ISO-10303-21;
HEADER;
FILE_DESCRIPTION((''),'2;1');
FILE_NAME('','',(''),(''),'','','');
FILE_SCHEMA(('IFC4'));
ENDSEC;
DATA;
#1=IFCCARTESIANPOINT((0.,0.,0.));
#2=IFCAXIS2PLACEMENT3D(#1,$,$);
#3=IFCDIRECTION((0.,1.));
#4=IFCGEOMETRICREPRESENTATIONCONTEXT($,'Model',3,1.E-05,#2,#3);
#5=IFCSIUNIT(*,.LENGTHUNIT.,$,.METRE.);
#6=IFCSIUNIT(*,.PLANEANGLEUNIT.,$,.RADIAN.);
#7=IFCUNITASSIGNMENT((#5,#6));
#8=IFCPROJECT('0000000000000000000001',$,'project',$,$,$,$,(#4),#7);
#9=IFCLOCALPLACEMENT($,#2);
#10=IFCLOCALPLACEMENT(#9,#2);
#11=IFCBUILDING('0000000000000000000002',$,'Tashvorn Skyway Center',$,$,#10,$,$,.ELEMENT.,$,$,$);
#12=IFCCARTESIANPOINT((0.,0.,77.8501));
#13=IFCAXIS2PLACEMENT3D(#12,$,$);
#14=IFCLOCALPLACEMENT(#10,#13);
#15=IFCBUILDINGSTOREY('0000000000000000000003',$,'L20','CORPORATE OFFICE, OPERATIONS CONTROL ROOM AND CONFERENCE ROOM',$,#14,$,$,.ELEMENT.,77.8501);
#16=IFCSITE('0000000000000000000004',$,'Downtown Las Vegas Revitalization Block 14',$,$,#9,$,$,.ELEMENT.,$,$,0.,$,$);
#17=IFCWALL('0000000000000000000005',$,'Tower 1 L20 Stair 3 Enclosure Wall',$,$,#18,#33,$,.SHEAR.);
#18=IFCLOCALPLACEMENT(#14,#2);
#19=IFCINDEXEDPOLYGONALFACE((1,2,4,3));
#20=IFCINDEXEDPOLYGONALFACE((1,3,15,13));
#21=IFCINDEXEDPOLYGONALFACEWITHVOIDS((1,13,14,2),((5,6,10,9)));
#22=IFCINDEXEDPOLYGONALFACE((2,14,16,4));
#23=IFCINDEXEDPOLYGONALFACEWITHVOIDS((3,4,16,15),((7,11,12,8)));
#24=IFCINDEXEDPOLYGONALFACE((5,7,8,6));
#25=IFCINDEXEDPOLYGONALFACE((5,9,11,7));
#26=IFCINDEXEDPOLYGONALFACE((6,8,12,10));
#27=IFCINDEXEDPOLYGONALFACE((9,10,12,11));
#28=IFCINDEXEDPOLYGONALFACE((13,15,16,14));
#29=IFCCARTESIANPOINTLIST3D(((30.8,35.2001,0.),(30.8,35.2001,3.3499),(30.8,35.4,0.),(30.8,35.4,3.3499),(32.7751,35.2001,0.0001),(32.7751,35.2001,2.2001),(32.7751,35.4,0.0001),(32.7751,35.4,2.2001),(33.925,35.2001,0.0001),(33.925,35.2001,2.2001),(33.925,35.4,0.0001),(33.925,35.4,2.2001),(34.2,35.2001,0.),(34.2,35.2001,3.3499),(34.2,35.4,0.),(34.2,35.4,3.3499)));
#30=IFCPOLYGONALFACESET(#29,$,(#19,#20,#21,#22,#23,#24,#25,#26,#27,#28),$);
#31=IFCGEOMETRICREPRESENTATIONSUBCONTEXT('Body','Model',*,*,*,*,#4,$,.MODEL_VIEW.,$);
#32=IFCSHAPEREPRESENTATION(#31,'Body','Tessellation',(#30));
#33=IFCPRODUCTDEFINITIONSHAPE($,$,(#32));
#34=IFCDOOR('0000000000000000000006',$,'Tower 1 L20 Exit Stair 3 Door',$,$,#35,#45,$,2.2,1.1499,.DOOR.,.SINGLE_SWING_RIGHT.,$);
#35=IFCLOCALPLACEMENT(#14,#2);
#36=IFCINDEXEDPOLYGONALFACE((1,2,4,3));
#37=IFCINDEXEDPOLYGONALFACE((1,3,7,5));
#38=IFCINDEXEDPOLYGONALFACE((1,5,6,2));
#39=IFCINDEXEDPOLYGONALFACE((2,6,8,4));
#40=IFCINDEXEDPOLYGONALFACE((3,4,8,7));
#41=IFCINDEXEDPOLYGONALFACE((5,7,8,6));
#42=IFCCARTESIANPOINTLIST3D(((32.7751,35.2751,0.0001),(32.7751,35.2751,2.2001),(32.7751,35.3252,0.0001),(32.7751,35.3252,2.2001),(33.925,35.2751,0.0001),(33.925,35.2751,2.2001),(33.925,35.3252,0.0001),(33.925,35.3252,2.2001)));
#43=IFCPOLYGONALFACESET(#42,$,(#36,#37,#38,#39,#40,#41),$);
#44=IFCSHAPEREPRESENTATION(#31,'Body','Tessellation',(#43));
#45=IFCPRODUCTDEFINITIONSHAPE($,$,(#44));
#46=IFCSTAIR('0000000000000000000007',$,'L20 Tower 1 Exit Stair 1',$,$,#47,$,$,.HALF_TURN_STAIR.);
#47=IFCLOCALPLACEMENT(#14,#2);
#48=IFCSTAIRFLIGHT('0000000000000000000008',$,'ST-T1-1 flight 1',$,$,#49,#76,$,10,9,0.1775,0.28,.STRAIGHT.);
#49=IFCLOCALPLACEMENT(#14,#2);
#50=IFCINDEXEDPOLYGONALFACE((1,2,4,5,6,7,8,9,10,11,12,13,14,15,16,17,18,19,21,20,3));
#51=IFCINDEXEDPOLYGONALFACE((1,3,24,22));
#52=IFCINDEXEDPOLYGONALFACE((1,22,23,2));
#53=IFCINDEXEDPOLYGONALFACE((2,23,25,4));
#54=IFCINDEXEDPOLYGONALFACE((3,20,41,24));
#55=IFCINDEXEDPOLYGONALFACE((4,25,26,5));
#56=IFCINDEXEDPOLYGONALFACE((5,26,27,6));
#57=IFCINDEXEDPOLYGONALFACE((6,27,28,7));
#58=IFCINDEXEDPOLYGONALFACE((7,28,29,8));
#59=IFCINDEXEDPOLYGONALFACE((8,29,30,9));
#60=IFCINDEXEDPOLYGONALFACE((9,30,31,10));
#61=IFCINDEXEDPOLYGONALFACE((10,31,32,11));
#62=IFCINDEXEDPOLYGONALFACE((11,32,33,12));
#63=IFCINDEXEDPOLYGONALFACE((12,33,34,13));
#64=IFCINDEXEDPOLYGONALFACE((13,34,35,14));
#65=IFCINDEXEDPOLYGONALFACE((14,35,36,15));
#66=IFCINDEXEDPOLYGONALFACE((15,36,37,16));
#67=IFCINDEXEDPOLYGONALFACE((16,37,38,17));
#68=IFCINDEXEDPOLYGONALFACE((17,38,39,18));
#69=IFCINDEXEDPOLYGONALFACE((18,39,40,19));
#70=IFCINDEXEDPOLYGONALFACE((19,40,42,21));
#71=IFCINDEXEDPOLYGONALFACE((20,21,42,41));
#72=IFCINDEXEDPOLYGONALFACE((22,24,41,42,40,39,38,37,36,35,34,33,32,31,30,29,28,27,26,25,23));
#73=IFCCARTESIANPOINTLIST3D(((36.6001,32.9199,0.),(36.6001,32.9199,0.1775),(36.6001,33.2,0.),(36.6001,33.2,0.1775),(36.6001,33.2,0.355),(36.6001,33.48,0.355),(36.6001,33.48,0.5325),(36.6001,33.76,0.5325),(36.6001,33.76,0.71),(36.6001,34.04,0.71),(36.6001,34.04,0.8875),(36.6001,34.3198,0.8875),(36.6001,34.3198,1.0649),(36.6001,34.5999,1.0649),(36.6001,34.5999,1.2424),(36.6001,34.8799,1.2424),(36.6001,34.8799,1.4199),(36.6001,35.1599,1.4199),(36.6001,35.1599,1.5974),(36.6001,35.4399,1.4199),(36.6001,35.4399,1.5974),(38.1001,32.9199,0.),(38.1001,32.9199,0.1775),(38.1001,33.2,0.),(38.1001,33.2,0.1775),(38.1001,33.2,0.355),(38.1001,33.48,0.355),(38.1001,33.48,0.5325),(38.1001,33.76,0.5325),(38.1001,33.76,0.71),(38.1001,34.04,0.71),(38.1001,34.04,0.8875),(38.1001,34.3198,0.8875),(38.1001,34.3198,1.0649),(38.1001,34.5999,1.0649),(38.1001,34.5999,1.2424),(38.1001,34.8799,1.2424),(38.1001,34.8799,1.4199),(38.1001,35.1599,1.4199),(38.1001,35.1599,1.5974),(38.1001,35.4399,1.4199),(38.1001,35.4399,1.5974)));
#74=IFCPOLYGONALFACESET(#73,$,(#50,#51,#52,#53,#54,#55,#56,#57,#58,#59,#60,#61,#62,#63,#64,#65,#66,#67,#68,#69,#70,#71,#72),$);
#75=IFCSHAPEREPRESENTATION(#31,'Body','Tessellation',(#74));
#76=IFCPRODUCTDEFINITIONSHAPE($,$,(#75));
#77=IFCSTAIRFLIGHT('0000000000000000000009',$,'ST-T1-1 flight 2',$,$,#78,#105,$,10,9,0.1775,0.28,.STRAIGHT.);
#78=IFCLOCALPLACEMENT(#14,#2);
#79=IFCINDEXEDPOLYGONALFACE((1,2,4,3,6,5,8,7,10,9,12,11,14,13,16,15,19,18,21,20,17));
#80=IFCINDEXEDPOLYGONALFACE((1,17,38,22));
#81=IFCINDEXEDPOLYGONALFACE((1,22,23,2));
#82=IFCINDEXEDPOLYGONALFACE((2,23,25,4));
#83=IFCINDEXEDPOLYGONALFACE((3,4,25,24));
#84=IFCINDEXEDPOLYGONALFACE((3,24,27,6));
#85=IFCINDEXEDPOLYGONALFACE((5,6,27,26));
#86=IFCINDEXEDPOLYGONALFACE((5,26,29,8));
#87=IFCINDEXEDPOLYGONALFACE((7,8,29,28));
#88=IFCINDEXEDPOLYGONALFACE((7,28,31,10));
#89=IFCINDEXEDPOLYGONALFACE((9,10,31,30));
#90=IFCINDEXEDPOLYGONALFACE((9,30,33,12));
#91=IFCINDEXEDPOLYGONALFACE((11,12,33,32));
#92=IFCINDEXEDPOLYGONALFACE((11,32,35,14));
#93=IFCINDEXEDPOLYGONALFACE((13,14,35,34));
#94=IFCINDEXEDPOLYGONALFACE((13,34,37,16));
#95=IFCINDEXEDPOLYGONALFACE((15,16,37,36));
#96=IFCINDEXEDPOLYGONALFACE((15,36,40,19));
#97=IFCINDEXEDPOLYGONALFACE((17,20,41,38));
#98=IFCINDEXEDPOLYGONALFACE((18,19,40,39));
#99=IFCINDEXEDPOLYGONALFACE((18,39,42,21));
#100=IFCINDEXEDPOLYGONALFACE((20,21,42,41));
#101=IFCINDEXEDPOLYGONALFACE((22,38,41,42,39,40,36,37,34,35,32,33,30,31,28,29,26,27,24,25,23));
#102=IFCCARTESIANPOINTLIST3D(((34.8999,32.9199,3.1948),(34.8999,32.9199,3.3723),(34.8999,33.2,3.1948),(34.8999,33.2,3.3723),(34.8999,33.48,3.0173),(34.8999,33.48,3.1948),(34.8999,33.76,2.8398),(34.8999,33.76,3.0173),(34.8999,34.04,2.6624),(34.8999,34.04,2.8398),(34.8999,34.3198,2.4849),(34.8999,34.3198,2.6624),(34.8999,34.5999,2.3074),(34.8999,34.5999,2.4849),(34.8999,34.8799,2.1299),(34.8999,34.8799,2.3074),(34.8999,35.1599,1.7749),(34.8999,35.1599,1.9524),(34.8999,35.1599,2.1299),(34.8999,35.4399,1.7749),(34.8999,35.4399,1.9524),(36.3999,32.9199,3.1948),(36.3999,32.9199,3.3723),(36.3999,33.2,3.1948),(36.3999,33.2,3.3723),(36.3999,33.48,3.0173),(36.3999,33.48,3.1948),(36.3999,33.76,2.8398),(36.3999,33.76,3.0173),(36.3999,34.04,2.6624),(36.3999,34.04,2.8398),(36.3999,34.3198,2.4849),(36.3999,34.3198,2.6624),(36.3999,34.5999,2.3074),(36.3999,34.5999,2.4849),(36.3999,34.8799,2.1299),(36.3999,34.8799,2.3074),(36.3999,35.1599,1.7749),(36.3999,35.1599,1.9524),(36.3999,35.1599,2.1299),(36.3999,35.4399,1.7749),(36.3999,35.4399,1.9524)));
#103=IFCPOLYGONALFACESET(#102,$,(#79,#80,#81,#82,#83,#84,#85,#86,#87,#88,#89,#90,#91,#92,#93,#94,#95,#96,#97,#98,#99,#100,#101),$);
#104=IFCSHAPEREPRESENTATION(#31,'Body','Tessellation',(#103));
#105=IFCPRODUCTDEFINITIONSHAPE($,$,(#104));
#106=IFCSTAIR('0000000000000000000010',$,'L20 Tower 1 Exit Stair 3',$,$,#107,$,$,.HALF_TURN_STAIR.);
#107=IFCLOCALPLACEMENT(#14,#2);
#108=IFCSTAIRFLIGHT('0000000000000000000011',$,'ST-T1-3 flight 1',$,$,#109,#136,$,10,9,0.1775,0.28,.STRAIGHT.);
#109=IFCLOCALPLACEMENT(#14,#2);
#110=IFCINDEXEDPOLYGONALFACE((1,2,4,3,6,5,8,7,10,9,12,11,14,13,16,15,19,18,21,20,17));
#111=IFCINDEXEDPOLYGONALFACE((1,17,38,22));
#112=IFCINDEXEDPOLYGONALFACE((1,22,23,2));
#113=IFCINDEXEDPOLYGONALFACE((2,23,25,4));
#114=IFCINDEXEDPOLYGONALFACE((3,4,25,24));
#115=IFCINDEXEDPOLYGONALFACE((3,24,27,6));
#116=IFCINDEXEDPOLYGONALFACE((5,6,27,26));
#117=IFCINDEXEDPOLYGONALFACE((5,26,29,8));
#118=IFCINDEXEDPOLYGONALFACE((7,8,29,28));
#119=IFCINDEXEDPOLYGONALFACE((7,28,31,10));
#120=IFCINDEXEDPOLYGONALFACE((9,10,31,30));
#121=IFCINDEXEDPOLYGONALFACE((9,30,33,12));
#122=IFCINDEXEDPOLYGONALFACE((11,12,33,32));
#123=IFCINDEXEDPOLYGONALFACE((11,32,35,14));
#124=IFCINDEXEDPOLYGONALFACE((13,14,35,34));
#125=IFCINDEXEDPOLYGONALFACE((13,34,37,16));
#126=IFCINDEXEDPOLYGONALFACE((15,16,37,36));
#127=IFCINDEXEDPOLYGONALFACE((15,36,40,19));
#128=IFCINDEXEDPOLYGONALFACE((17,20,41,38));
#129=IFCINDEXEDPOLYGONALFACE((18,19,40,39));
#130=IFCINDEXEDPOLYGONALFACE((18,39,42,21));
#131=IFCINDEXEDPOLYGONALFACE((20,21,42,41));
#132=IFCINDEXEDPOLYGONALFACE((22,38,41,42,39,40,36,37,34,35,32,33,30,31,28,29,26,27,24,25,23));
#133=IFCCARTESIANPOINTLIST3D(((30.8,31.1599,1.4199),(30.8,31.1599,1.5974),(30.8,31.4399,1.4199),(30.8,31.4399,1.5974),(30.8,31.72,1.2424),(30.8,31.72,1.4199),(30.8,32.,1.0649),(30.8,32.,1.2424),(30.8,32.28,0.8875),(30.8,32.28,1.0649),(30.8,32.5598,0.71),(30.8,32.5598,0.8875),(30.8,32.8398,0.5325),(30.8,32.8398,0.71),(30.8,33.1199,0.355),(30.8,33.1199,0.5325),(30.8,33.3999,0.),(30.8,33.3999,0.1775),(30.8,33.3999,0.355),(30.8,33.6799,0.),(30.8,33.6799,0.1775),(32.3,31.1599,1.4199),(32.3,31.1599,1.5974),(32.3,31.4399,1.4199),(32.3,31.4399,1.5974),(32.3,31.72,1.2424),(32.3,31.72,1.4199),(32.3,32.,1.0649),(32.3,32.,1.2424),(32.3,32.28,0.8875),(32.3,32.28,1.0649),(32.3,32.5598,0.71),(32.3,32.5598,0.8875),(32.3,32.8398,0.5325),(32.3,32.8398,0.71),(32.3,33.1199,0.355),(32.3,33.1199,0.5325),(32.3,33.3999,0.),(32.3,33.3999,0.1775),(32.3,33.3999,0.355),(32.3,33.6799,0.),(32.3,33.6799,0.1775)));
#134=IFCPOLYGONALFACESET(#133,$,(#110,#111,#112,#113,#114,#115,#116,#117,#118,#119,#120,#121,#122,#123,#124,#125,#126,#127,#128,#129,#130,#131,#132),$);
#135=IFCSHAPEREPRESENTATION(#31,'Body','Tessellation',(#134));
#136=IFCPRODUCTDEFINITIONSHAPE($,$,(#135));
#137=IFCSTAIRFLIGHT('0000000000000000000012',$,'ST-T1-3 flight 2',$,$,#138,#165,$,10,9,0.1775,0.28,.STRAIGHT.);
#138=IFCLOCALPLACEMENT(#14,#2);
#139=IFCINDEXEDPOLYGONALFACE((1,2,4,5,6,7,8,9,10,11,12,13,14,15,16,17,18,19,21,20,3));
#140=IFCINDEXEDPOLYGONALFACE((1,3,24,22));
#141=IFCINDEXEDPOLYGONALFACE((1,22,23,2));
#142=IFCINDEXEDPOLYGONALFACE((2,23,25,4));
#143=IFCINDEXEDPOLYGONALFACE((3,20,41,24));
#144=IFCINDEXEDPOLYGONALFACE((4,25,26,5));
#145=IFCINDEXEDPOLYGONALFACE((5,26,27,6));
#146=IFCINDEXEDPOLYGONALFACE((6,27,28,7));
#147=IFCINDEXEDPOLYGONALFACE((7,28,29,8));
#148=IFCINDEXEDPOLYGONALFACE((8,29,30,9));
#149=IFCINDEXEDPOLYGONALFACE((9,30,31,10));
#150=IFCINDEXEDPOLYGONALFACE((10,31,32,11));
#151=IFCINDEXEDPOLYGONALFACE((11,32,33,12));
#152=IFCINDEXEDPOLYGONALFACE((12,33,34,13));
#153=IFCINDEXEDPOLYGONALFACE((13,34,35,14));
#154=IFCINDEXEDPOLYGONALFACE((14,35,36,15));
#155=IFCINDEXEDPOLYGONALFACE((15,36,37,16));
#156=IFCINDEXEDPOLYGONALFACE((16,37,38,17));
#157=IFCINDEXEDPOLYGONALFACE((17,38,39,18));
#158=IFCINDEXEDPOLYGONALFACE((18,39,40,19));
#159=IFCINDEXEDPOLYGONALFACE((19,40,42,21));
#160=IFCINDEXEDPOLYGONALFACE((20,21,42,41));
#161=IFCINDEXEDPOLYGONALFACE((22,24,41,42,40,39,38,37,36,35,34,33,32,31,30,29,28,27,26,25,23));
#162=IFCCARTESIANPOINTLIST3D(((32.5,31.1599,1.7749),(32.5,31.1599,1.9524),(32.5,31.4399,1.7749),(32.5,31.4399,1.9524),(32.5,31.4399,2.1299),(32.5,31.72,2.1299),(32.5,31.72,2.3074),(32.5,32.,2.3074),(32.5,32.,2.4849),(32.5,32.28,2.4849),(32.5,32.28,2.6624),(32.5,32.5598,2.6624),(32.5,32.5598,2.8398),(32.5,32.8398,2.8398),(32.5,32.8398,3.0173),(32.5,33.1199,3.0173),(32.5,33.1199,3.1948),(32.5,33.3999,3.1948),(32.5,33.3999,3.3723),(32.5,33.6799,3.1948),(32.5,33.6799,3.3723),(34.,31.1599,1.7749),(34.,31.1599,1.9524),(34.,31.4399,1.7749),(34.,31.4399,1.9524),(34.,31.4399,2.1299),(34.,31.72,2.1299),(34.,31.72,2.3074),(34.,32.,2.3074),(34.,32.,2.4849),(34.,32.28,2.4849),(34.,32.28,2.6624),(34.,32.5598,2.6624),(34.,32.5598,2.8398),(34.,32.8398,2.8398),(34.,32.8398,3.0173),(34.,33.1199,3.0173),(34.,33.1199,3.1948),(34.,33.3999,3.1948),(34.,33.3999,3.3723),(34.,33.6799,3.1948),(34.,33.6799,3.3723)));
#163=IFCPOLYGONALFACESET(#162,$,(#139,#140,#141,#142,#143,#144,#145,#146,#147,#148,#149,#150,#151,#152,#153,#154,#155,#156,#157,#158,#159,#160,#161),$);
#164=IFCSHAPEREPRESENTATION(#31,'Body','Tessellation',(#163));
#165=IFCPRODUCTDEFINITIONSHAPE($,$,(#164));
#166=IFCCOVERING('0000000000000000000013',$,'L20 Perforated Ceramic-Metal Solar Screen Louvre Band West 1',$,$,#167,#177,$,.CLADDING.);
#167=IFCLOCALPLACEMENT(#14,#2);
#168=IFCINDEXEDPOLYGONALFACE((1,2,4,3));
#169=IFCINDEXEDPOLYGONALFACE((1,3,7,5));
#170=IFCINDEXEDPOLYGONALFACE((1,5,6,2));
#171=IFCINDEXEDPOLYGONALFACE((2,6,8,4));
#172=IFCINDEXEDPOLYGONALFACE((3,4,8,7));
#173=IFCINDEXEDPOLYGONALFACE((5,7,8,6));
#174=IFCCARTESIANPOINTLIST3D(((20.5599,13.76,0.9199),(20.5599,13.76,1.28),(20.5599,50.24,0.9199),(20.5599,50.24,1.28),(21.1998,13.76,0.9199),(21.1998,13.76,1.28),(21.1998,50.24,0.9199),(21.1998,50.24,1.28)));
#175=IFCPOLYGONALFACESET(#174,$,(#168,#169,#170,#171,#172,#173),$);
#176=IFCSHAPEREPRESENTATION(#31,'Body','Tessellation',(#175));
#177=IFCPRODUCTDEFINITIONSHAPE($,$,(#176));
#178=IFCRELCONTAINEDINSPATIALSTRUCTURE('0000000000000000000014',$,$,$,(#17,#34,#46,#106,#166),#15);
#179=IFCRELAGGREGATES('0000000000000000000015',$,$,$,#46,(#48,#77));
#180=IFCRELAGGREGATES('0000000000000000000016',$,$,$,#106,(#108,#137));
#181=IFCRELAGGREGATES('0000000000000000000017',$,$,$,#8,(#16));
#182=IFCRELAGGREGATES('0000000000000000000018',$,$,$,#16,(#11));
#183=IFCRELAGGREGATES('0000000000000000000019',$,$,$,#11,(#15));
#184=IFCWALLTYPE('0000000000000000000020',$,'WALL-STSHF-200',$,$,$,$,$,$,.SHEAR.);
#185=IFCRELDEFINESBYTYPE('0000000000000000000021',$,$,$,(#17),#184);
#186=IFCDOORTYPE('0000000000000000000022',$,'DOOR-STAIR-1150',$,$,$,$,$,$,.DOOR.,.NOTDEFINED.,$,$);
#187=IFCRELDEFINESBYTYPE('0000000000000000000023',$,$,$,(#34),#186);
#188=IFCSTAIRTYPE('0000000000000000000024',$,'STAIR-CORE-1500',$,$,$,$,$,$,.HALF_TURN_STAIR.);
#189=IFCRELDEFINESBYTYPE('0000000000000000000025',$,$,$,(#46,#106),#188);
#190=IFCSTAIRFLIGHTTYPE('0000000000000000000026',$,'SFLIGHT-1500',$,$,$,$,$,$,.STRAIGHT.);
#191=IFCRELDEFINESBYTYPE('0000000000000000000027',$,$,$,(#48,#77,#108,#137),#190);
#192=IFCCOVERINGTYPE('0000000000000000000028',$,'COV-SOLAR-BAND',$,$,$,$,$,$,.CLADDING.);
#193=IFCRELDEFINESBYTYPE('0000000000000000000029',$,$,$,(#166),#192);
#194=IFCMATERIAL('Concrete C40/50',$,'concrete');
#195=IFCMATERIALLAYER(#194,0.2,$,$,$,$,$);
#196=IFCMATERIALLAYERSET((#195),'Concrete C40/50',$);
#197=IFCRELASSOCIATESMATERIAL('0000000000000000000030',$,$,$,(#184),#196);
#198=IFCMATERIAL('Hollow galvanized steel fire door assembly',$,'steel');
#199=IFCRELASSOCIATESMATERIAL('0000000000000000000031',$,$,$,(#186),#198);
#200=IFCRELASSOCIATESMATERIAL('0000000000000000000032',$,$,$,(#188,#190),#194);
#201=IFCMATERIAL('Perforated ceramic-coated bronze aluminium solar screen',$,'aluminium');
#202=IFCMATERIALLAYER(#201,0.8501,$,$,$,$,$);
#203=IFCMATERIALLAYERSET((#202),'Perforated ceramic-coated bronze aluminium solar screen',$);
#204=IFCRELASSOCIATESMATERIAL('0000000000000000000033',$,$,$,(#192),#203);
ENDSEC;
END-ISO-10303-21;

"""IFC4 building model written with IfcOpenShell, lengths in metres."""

from ifc_helpers import new_model, si_unit, direction, frame, frame_2d, origin, origin_2d, place, context, subcontext, project, spatial, polyline, rectangle, outline, extrude, material, layer, layer_set, type_object, element, fill, aggregate, save


model = new_model("IFC4")

# Units and contexts
model_context = context("Model", 3, precision=1e-05, world=origin(), true_north=direction((0.0, 1.0)))
body_context = subcontext(model_context, "Body", "Model", "MODEL_VIEW")
ifc_project = project(units=[si_unit("LENGTHUNIT", "METRE"), si_unit("PLANEANGLEUNIT", "RADIAN")], contexts=[model_context])

# Site, building, storey
site_placement = place(None, origin())
site = spatial("IfcSite", under=ifc_project, at=site_placement, Name="Downtown Las Vegas Revitalization Block 14", CompositionType="ELEMENT", RefElevation=0.0)
building_placement = place(site_placement, origin())
building = spatial("IfcBuilding", under=site, at=building_placement, Name="Tashvorn Skyway Center", CompositionType="ELEMENT")
storey_placement = place(building_placement, frame((0.0, 0.0, 77.8501)))
storey = spatial("IfcBuildingStorey", under=building, at=storey_placement, Name="L20", Description="CORPORATE OFFICE, OPERATIONS CONTROL ROOM AND CONFERENCE ROOM", CompositionType="ELEMENT", Elevation=77.8501)

# Shared definitions
ifc_material_1 = material(Name="Concrete C40/50", Category="concrete")
ifc_layer_1 = layer(ifc_material_1, 0.2)
ifc_layer_set_1 = layer_set([ifc_layer_1], Name="Concrete C40/50")
wall_type_1 = type_object("IfcWallType", Name="WALL-STSHF-200", PredefinedType="SHEAR", material=ifc_layer_set_1)

# Wall, opening, door
wall_1_placement = place(storey_placement, frame((34.2, 35.3, 0.0), z_axis=(0.0, 0.0, 1.0), x_axis=(-1.0, 0.0, 0.0)))
wall_1 = element("IfcWall", 1, at=wall_1_placement, inside=storey, type_object=wall_type_1, Name="Tower 1 L20 Stair 3 Enclosure Wall", PredefinedType="SHEAR", context=body_context, shape_type="SweptSolid", body=[
    extrude(rectangle(XDim=3.3999, YDim=0.2, at=frame_2d((1.7, 0.0))), origin(), (0.0, 0.0, 1.0), 3.3499),
])
opening_placement = place(wall_1_placement, frame((0.2749, 0.0, 0.0)))
opening = element("IfcOpeningElement", 2, at=opening_placement, cuts=wall_1, PredefinedType="OPENING", context=body_context, shape_type="SweptSolid", body=[
    extrude(rectangle(XDim=1.1499, YDim=2.2, at=frame_2d((0.575, 1.1001))), frame((0.0, 0.1099, 0.0), z_axis=(0.0, -1.0, 0.0), x_axis=(1.0, 0.0, 0.0)), (0.0, 0.0, 1.0), 0.22),
])
ifc_material_2 = material(Name="Hollow galvanized steel fire door assembly", Category="steel")
door_type = type_object("IfcDoorType", Name="DOOR-STAIR-1150", OperationType="NOTDEFINED", PredefinedType="DOOR", material=ifc_material_2)
door_placement = place(opening_placement, origin())
door = element("IfcDoor", 3, at=door_placement, inside=storey, type_object=door_type, Name="Tower 1 L20 Exit Stair 3 Door", OperationType="SINGLE_SWING_RIGHT", OverallHeight=2.2, OverallWidth=1.1499, PredefinedType="DOOR", context=body_context, shape_type="SweptSolid", body=[
    extrude(rectangle(XDim=1.1499, YDim=2.2, at=frame_2d((0.575, 1.1001))), frame((0.0, 0.0249, 0.0), z_axis=(0.0, -1.0, 0.0), x_axis=(1.0, 0.0, 0.0)), (0.0, 0.0, 1.0), 0.05),
])
fill(opening, door)

# Stairs, stair flights
stair_type = type_object("IfcStairType", Name="STAIR-CORE-1500", PredefinedType="HALF_TURN_STAIR", material=ifc_material_1)
stair_1_placement = place(storey_placement, origin())
stair_1 = element("IfcStair", 4, at=stair_1_placement, inside=storey, type_object=stair_type, Name="L20 Tower 1 Exit Stair 1", PredefinedType="HALF_TURN_STAIR")
stair_flight_type = type_object("IfcStairFlightType", Name="SFLIGHT-1500", PredefinedType="STRAIGHT", material=ifc_material_1)
stair_flight_1_placement = place(storey_placement, frame((37.3501, 32.9199, 0.0), z_axis=(0.0, 0.0, 1.0), x_axis=(0.0, 1.0, 0.0)))
stair_flight_1 = element("IfcStairFlight", 5, at=stair_flight_1_placement, type_object=stair_flight_type, Name="ST-T1-1 flight 1", NumberOfRisers=10, NumberOfTreads=9, PredefinedType="STRAIGHT", RiserHeight=0.1775, TreadLength=0.28, context=body_context, shape_type="SweptSolid", body=[
    extrude(outline(polyline([(0.0, 0.0), (0.0, 0.1775), (0.28, 0.1775), (0.28, 0.355), (0.5601, 0.355), (0.5601, 0.5325), (0.8401, 0.5325), (0.8401, 0.71), (1.1201, 0.71), (1.1201, 0.8875), (1.3999, 0.8875), (1.3999, 1.0649), (1.6799, 1.0649), (1.6799, 1.2424), (1.96, 1.2424), (1.96, 1.4199), (2.24, 1.4199), (2.24, 1.5974), (2.52, 1.5974), (2.52, 1.7749), (2.52, 1.4199), (0.28, 0.0), (0.0, 0.0)])), frame((0.0, 0.75, 0.0), z_axis=(0.0, -1.0, 0.0), x_axis=(1.0, 0.0, 0.0)), (0.0, 0.0, 1.0), 1.5),
])
stair_flight_2_placement = place(storey_placement, frame((35.6499, 35.4399, 1.7749), z_axis=(0.0, 0.0, 1.0), x_axis=(0.0, -1.0, 0.0)))
stair_flight_2 = element("IfcStairFlight", 6, at=stair_flight_2_placement, type_object=stair_flight_type, Name="ST-T1-1 flight 2", NumberOfRisers=10, NumberOfTreads=9, PredefinedType="STRAIGHT", RiserHeight=0.1775, TreadLength=0.28, context=body_context, shape_type="SweptSolid", body=[
    extrude(outline(polyline([(0.0, 0.0), (0.0, 0.1775), (0.28, 0.1775), (0.28, 0.355), (0.5601, 0.355), (0.5601, 0.5325), (0.8401, 0.5325), (0.8401, 0.71), (1.1201, 0.71), (1.1201, 0.8875), (1.3999, 0.8875), (1.3999, 1.0649), (1.6799, 1.0649), (1.6799, 1.2424), (1.96, 1.2424), (1.96, 1.4199), (2.24, 1.4199), (2.24, 1.5974), (2.52, 1.5974), (2.52, 1.7749), (2.52, 1.4199), (0.28, 0.0), (0.0, 0.0)])), frame((0.0, 0.75, 0.0), z_axis=(0.0, -1.0, 0.0), x_axis=(1.0, 0.0, 0.0)), (0.0, 0.0, 1.0), 1.5),
])
aggregate(stair_1, [stair_flight_1, stair_flight_2])
stair_2_placement = place(storey_placement, origin())
stair_2 = element("IfcStair", 7, at=stair_2_placement, inside=storey, type_object=stair_type, Name="L20 Tower 1 Exit Stair 3", PredefinedType="HALF_TURN_STAIR")
stair_flight_3_placement = place(storey_placement, frame((31.55, 33.6799, 0.0), z_axis=(0.0, 0.0, 1.0), x_axis=(0.0, -1.0, 0.0)))
stair_flight_3 = element("IfcStairFlight", 8, at=stair_flight_3_placement, type_object=stair_flight_type, Name="ST-T1-3 flight 1", NumberOfRisers=10, NumberOfTreads=9, PredefinedType="STRAIGHT", RiserHeight=0.1775, TreadLength=0.28, context=body_context, shape_type="SweptSolid", body=[
    extrude(outline(polyline([(0.0, 0.0), (0.0, 0.1775), (0.28, 0.1775), (0.28, 0.355), (0.5601, 0.355), (0.5601, 0.5325), (0.8401, 0.5325), (0.8401, 0.71), (1.1201, 0.71), (1.1201, 0.8875), (1.3999, 0.8875), (1.3999, 1.0649), (1.6799, 1.0649), (1.6799, 1.2424), (1.96, 1.2424), (1.96, 1.4199), (2.24, 1.4199), (2.24, 1.5974), (2.52, 1.5974), (2.52, 1.7749), (2.52, 1.4199), (0.28, 0.0), (0.0, 0.0)])), frame((0.0, 0.75, 0.0), z_axis=(0.0, -1.0, 0.0), x_axis=(1.0, 0.0, 0.0)), (0.0, 0.0, 1.0), 1.5),
])
stair_flight_4_placement = place(storey_placement, frame((33.25, 31.1599, 1.7749), z_axis=(0.0, 0.0, 1.0), x_axis=(0.0, 1.0, 0.0)))
stair_flight_4 = element("IfcStairFlight", 9, at=stair_flight_4_placement, type_object=stair_flight_type, Name="ST-T1-3 flight 2", NumberOfRisers=10, NumberOfTreads=9, PredefinedType="STRAIGHT", RiserHeight=0.1775, TreadLength=0.28, context=body_context, shape_type="SweptSolid", body=[
    extrude(outline(polyline([(0.0, 0.0), (0.0, 0.1775), (0.28, 0.1775), (0.28, 0.355), (0.5601, 0.355), (0.5601, 0.5325), (0.8401, 0.5325), (0.8401, 0.71), (1.1201, 0.71), (1.1201, 0.8875), (1.3999, 0.8875), (1.3999, 1.0649), (1.6799, 1.0649), (1.6799, 1.2424), (1.96, 1.2424), (1.96, 1.4199), (2.24, 1.4199), (2.24, 1.5974), (2.52, 1.5974), (2.52, 1.7749), (2.52, 1.4199), (0.28, 0.0), (0.0, 0.0)])), frame((0.0, 0.75, 0.0), z_axis=(0.0, -1.0, 0.0), x_axis=(1.0, 0.0, 0.0)), (0.0, 0.0, 1.0), 1.5),
])
aggregate(stair_2, [stair_flight_3, stair_flight_4])

# Covering
ifc_material_3 = material(Name="Perforated ceramic-coated bronze aluminium solar screen", Category="aluminium")
ifc_layer_2 = layer(ifc_material_3, 0.8501)
ifc_layer_set_2 = layer_set([ifc_layer_2], Name="Perforated ceramic-coated bronze aluminium solar screen")
covering_type = type_object("IfcCoveringType", Name="COV-SOLAR-BAND", PredefinedType="CLADDING", material=ifc_layer_set_2)
for number, where, z_axis, x_axis, name in (
    (10, (20.8799, 32.0, 0.9199), (0.0, 0.0, 1.0), (0.0, 1.0, 0.0), "L20 Perforated Ceramic-Metal Solar Screen Louvre Band West 1"),
):
    element("IfcCovering", number, at=place(storey_placement, frame(where, z_axis=z_axis, x_axis=x_axis)), inside=storey, type_object=covering_type, Name=name, PredefinedType="CLADDING", context=body_context, shape_type="SweptSolid", body=[
        extrude(rectangle(XDim=36.48, YDim=0.6399, at=origin_2d()), origin(), (0.0, 0.0, 1.0), 0.3601),
    ])

save(model, "model.ifc")
